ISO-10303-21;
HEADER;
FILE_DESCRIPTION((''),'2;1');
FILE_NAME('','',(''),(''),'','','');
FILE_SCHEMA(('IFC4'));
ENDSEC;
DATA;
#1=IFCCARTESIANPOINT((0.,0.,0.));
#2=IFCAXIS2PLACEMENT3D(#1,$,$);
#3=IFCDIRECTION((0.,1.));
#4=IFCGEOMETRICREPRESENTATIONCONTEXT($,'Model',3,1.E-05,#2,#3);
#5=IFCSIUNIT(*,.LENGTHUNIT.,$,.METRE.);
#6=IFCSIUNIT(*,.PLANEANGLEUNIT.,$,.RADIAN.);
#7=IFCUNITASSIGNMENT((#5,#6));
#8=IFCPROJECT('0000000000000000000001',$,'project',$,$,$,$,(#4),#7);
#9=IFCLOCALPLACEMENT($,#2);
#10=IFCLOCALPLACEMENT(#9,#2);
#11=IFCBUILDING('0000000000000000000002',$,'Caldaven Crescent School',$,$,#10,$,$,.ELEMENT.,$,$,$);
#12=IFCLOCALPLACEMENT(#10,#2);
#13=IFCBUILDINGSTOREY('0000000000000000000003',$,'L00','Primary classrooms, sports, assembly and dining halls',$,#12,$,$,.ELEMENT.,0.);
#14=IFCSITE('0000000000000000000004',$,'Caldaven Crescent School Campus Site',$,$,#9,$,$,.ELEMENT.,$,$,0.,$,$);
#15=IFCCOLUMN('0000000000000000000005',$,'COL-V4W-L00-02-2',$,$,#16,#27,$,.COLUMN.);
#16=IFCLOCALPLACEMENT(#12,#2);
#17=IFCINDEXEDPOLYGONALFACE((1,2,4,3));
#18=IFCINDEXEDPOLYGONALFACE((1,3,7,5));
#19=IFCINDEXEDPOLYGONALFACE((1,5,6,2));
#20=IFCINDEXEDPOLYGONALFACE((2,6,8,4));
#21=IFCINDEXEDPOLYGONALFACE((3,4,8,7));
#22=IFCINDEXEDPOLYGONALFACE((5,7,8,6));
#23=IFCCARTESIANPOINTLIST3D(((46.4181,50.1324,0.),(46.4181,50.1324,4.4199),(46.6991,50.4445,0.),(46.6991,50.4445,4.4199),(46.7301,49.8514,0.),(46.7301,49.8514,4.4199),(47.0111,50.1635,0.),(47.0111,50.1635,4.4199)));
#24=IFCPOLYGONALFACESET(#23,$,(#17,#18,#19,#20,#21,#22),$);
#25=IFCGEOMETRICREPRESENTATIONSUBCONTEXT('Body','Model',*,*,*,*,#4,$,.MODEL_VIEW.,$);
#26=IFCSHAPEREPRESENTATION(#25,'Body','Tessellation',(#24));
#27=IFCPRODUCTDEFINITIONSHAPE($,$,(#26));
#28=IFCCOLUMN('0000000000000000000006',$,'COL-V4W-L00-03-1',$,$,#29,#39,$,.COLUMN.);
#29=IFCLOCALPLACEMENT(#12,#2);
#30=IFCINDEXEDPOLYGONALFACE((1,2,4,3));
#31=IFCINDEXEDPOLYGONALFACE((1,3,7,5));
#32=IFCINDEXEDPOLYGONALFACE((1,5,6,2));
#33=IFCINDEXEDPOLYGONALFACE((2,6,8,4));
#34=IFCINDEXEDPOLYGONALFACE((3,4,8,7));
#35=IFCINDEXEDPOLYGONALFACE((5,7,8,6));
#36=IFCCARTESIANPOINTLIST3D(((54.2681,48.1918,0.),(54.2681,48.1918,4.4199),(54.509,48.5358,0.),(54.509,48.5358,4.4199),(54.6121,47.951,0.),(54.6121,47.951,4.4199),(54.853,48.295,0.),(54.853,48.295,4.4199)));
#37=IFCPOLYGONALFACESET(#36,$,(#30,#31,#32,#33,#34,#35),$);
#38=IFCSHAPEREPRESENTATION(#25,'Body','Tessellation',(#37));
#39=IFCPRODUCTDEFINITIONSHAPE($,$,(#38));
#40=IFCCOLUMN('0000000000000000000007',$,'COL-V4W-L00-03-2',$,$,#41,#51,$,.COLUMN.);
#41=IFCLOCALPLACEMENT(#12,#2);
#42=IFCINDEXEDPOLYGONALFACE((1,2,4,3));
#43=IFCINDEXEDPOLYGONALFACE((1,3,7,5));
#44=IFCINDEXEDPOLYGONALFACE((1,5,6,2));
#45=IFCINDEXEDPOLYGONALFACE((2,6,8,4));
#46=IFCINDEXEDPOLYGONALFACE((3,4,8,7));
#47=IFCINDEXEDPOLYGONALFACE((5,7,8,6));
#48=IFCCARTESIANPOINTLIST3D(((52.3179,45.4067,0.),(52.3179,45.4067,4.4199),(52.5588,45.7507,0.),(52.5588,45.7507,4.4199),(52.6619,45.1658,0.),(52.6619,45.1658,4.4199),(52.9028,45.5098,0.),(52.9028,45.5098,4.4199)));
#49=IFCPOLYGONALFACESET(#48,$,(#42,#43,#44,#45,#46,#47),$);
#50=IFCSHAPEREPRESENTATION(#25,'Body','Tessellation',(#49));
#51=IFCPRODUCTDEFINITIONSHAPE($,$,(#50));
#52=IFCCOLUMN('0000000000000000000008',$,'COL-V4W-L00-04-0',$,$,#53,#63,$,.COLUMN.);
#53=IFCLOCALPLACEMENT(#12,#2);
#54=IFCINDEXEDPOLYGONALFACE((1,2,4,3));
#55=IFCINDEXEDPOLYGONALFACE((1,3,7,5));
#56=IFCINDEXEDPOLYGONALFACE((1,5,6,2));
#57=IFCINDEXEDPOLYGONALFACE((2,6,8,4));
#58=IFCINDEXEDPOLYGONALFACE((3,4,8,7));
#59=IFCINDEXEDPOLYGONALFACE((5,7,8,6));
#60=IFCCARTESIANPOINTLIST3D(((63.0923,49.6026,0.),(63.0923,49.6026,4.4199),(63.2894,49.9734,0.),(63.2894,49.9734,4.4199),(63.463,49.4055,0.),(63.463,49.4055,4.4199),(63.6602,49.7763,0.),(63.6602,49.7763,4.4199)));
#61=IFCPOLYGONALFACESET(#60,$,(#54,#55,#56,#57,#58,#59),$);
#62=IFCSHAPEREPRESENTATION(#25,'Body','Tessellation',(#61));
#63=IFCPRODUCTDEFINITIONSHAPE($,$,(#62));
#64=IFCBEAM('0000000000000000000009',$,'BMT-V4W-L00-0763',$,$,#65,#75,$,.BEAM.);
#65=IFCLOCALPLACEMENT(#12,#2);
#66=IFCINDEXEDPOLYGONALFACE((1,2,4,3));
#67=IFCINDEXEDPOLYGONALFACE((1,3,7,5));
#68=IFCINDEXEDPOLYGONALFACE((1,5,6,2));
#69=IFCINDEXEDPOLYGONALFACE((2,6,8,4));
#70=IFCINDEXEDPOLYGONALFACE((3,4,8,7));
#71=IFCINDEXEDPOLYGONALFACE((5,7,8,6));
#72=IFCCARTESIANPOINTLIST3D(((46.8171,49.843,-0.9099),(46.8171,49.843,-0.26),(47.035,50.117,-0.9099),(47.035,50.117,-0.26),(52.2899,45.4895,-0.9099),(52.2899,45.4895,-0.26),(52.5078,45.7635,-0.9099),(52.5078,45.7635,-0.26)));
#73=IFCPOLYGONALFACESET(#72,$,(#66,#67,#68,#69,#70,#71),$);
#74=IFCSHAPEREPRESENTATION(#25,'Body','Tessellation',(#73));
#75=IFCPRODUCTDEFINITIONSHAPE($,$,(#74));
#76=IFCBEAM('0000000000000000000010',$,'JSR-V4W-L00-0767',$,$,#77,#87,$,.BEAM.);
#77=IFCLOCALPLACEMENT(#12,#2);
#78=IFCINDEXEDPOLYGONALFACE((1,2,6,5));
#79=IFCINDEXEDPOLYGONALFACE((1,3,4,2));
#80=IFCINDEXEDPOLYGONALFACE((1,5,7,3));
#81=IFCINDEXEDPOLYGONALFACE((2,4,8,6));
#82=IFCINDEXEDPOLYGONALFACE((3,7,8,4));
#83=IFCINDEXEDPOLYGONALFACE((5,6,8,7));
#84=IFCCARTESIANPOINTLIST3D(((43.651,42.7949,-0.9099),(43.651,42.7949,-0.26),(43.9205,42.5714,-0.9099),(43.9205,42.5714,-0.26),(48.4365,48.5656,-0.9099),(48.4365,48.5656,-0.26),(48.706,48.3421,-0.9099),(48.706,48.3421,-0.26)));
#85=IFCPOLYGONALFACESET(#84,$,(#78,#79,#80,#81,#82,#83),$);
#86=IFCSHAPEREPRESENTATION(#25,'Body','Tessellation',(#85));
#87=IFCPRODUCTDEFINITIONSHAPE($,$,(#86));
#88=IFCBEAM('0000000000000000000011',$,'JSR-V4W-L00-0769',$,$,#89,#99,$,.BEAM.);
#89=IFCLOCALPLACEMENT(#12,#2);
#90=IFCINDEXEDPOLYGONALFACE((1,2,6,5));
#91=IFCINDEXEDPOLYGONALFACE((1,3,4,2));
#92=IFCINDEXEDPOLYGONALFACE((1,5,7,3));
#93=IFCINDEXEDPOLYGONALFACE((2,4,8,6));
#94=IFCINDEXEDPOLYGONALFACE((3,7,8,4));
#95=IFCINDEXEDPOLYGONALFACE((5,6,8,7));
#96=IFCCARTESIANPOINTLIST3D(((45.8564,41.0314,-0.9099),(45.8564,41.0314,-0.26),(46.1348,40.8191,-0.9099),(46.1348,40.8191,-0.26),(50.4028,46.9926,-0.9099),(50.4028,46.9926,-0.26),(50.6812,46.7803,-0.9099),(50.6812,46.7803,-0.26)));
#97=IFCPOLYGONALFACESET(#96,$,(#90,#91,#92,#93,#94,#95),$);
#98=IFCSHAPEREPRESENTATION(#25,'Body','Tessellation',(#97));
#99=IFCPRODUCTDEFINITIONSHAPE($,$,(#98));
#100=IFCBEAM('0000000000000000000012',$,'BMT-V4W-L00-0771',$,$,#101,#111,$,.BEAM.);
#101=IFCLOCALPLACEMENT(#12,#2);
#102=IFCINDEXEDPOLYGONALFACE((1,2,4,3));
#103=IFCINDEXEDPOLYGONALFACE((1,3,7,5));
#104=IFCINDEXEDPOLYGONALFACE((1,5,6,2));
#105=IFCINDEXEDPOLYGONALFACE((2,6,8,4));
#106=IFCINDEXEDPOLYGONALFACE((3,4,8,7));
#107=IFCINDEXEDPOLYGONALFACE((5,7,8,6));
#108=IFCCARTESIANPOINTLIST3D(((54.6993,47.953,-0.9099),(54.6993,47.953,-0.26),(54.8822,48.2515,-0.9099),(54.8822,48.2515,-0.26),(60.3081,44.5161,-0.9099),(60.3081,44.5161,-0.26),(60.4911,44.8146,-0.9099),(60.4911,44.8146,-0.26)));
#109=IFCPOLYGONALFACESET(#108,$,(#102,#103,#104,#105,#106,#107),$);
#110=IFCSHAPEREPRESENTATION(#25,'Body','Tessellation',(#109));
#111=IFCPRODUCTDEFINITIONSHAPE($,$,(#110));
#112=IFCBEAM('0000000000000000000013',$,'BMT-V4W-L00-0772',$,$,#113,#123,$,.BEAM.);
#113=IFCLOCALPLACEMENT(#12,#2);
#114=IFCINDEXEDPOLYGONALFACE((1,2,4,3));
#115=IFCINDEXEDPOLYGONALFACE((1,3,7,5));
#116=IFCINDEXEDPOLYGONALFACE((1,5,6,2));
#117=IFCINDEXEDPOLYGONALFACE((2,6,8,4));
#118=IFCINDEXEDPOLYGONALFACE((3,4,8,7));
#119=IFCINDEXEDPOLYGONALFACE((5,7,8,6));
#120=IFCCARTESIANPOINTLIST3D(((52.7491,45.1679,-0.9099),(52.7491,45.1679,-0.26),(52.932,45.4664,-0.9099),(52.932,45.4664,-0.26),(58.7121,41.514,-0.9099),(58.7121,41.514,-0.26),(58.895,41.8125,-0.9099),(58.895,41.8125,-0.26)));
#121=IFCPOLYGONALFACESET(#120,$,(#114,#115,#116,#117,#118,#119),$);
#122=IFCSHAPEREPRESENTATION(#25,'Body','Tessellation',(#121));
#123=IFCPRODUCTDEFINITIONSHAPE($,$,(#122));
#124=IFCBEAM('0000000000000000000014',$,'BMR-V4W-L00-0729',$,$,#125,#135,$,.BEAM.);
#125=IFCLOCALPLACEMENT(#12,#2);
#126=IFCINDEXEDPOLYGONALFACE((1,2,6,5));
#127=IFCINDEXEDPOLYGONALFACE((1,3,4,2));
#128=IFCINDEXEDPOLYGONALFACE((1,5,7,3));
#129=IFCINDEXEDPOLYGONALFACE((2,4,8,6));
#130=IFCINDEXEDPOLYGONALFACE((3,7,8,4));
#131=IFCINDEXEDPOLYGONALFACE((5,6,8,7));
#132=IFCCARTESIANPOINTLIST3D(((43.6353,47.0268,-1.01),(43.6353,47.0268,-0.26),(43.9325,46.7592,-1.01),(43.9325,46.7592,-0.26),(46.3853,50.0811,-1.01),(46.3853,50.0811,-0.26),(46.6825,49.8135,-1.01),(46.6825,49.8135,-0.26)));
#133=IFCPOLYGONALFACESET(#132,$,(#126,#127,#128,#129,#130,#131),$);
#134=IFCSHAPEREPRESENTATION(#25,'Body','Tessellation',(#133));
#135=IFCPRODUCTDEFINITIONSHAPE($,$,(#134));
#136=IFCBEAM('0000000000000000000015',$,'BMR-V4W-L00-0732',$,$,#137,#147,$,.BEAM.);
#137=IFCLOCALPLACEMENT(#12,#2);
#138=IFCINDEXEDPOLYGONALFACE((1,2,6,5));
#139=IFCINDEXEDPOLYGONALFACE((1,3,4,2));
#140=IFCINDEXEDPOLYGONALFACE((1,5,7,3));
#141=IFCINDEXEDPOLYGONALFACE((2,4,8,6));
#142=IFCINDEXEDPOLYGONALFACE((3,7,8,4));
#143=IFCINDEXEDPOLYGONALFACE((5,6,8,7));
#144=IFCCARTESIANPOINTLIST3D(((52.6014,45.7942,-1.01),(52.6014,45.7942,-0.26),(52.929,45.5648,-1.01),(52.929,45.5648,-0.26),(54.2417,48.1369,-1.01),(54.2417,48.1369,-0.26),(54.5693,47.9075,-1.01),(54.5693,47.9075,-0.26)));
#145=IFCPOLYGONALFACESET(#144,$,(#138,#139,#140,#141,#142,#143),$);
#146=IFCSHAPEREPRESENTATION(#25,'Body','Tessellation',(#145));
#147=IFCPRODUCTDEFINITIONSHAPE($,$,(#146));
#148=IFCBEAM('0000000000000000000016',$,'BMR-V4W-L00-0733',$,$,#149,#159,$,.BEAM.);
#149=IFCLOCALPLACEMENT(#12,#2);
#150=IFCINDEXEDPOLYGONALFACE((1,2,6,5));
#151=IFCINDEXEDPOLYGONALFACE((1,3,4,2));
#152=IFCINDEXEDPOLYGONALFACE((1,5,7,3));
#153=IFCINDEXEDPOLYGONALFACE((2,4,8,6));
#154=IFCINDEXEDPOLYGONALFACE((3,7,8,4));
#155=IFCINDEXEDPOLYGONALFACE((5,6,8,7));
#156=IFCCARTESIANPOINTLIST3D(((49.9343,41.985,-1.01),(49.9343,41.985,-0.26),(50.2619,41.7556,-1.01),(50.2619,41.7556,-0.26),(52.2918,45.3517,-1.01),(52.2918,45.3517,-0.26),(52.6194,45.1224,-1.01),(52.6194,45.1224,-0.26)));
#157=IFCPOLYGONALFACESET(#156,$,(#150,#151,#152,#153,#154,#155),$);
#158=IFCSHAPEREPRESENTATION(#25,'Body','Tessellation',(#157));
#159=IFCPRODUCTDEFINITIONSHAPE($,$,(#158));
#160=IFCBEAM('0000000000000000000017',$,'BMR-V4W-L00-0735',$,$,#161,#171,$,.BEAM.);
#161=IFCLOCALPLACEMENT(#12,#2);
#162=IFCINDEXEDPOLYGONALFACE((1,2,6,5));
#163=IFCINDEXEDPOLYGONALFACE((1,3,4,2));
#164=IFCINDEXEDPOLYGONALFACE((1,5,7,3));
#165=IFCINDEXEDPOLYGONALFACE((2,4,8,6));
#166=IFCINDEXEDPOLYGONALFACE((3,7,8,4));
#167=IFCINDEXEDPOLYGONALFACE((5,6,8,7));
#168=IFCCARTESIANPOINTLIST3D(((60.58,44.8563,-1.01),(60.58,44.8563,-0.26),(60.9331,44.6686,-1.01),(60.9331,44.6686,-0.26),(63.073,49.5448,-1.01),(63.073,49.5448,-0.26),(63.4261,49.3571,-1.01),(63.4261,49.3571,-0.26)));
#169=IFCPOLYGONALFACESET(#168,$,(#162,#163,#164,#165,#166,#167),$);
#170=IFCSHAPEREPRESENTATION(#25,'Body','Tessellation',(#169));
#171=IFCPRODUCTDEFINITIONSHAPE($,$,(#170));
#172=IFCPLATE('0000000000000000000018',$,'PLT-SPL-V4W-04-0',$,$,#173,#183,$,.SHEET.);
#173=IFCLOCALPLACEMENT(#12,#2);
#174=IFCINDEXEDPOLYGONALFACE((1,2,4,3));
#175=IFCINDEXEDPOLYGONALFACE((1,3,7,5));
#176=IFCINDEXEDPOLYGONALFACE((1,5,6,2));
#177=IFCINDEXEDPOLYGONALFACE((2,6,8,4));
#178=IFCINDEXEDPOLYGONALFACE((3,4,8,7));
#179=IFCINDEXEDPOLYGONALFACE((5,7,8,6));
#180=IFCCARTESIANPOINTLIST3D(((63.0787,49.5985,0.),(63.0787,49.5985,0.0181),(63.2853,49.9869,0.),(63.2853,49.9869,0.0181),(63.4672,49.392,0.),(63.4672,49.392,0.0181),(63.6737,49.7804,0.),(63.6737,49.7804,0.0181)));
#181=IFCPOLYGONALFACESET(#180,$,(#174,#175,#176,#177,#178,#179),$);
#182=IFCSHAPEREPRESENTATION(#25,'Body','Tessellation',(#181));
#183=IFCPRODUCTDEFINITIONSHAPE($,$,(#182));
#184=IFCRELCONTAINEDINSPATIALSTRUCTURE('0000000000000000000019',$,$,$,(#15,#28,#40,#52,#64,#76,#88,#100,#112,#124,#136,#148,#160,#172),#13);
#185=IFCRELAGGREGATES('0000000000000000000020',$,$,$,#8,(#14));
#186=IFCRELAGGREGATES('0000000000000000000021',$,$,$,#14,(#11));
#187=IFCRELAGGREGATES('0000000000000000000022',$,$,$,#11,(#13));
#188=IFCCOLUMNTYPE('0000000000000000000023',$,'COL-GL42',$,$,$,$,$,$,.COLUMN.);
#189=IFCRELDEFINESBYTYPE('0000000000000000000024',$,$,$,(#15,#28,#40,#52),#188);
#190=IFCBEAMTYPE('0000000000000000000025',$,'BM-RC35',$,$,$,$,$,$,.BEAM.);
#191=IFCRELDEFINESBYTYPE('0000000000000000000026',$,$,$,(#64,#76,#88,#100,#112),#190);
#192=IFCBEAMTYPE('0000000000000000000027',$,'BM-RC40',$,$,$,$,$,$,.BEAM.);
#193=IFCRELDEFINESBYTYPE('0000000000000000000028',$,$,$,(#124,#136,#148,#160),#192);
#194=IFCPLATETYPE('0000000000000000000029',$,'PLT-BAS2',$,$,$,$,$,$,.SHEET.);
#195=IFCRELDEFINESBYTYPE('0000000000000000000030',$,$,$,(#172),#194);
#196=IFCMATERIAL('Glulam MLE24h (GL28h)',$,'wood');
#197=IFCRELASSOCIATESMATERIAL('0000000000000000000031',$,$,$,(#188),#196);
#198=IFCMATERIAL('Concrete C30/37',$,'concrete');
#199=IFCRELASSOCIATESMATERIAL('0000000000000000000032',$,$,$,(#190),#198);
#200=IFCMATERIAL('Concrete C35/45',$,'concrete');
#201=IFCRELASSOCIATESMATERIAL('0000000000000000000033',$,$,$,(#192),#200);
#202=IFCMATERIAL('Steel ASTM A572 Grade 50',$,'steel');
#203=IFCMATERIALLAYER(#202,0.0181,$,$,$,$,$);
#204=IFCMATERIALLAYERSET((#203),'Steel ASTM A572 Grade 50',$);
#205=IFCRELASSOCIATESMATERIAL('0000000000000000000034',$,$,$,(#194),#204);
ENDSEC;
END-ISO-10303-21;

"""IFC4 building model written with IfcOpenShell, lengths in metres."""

from ifc_helpers import new_model, si_unit, direction, frame, origin, origin_2d, place, context, subcontext, project, spatial, rectangle, extrude, material, layer, layer_set, material_profile, profile_set, type_object, element, save


model = new_model("IFC4")

# Units and contexts
model_context = context("Model", 3, precision=1e-05, world=origin(), true_north=direction((0.0, 1.0)))
body_context = subcontext(model_context, "Body", "Model", "MODEL_VIEW")
ifc_project = project(units=[si_unit("LENGTHUNIT", "METRE"), si_unit("PLANEANGLEUNIT", "RADIAN")], contexts=[model_context])

# Site, building, storey
site_placement = place(None, origin())
site = spatial("IfcSite", under=ifc_project, at=site_placement, Name="Caldaven Crescent School Campus Site", CompositionType="ELEMENT", RefElevation=0.0)
building_placement = place(site_placement, origin())
building = spatial("IfcBuilding", under=site, at=building_placement, Name="Caldaven Crescent School", CompositionType="ELEMENT")
storey_placement = place(building_placement, origin())
storey = spatial("IfcBuildingStorey", under=building, at=storey_placement, Name="L00", Description="Primary classrooms, sports, assembly and dining halls", CompositionType="ELEMENT", Elevation=0.0)

# Columns
ifc_material_1 = material(Name="Glulam MLE24h (GL28h)", Category="wood")
ifc_material_profile_1 = material_profile(ifc_material_1, rectangle(XDim=0.4199, YDim=0.4199, at=origin_2d()), Name="MLE 420x420")
ifc_profile_set_1 = profile_set([ifc_material_profile_1], Name="Glulam MLE24h (GL28h)")
column_type = type_object("IfcColumnType", Name="COL-GL42", PredefinedType="COLUMN", material=ifc_profile_set_1)
for number, where, z_axis, x_axis, name in (
    (1, (46.7146, 50.1479, 0.0), (0.0, 0.0, 1.0), (-0.669131, -0.743145, 0.0), "COL-V4W-L00-02-2"),
    (2, (54.5605, 48.2434, 0.0), (0.0, 0.0, 1.0), (-0.573576, -0.819152, 0.0), "COL-V4W-L00-03-1"),
    (3, (52.6104, 45.4583, 0.0), (0.0, 0.0, 1.0), (-0.573576, -0.819152, 0.0), "COL-V4W-L00-03-2"),
    (4, (63.3762, 49.6895, 0.0), (0.0, 0.0, 1.0), (-0.469472, -0.882948, 0.0), "COL-V4W-L00-04-0"),
):
    element("IfcColumn", number, at=place(storey_placement, frame(where, z_axis=z_axis, x_axis=x_axis)), inside=storey, type_object=column_type, Name=name, PredefinedType="COLUMN", context=body_context, shape_type="SweptSolid", body=[
        extrude(rectangle(XDim=0.4199, YDim=0.4199, at=origin_2d()), origin(), (0.0, 0.0, 1.0), 4.4199),
    ])

# Beams
ifc_material_2 = material(Name="Concrete C30/37", Category="concrete")
ifc_material_profile_2 = material_profile(ifc_material_2, rectangle(XDim=0.3501, YDim=0.6499, at=origin_2d()), Name="RC 350x650")
ifc_profile_set_2 = profile_set([ifc_material_profile_2], Name="Concrete C30/37")
beam_type_1 = type_object("IfcBeamType", Name="BM-RC35", PredefinedType="BEAM", material=ifc_profile_set_2)
beam_1_placement = place(storey_placement, frame((46.926, 49.98, -0.585), z_axis=(0.782596, -0.62253, 0.0), x_axis=(0.62253, 0.782596, 0.0)))
element("IfcBeam", 5, at=beam_1_placement, inside=storey, type_object=beam_type_1, Name="BMT-V4W-L00-0763", PredefinedType="BEAM", context=body_context, shape_type="SweptSolid", body=[
    extrude(rectangle(XDim=0.3501, YDim=0.6499, at=origin_2d()), origin(), (0.0, 0.0, 1.0), 6.9932),
])
beam_2_placement = place(storey_placement, frame((48.5713, 48.4539, -0.585), z_axis=(-0.638347, -0.769749, 0.0), x_axis=(0.769749, -0.638347, 0.0)))
element("IfcBeam", 6, at=beam_2_placement, inside=storey, type_object=beam_type_1, Name="JSR-V4W-L00-0767", PredefinedType="BEAM", context=body_context, shape_type="SweptSolid", body=[
    extrude(rectangle(XDim=0.3501, YDim=0.6499, at=origin_2d()), origin(), (0.0, 0.0, 1.0), 7.4968),
])
beam_3_placement = place(storey_placement, frame((50.542, 46.8865, -0.585), z_axis=(-0.606426, -0.79514, 0.0), x_axis=(0.79514, -0.606426, 0.0)))
element("IfcBeam", 7, at=beam_3_placement, inside=storey, type_object=beam_type_1, Name="JSR-V4W-L00-0769", PredefinedType="BEAM", context=body_context, shape_type="SweptSolid", body=[
    extrude(rectangle(XDim=0.3501, YDim=0.6499, at=origin_2d()), origin(), (0.0, 0.0, 1.0), 7.4971),
])
beam_4_placement = place(storey_placement, frame((54.7908, 48.1023, -0.585), z_axis=(0.852648, -0.522485, 0.0), x_axis=(0.522485, 0.852648, 0.0)))
element("IfcBeam", 8, at=beam_4_placement, inside=storey, type_object=beam_type_1, Name="BMT-V4W-L00-0771", PredefinedType="BEAM", context=body_context, shape_type="SweptSolid", body=[
    extrude(rectangle(XDim=0.3501, YDim=0.6499, at=origin_2d()), origin(), (0.0, 0.0, 1.0), 6.5781),
])
beam_5_placement = place(storey_placement, frame((52.8406, 45.3171, -0.585), z_axis=(0.852656, -0.522472, 0.0), x_axis=(0.522472, 0.852656, 0.0)))
element("IfcBeam", 9, at=beam_5_placement, inside=storey, type_object=beam_type_1, Name="BMT-V4W-L00-0772", PredefinedType="BEAM", context=body_context, shape_type="SweptSolid", body=[
    extrude(rectangle(XDim=0.3501, YDim=0.6499, at=origin_2d()), origin(), (0.0, 0.0, 1.0), 6.9934),
])
ifc_material_3 = material(Name="Concrete C35/45", Category="concrete")
ifc_material_profile_3 = material_profile(ifc_material_3, rectangle(XDim=0.3999, YDim=0.75, at=origin_2d()), Name="RC 400x750")
ifc_profile_set_3 = profile_set([ifc_material_profile_3], Name="Concrete C35/45")
beam_type_2 = type_object("IfcBeamType", Name="BM-RC40", PredefinedType="BEAM", material=ifc_profile_set_3)
beam_6_placement = place(storey_placement, frame((46.5339, 49.9473, -0.635), z_axis=(-0.669129, -0.743146, 0.0), x_axis=(0.743146, -0.669129, 0.0)))
element("IfcBeam", 10, at=beam_6_placement, inside=storey, type_object=beam_type_2, Name="BMR-V4W-L00-0729", PredefinedType="BEAM", context=body_context, shape_type="SweptSolid", body=[
    extrude(rectangle(XDim=0.3999, YDim=0.75, at=origin_2d()), origin(), (0.0, 0.0, 1.0), 4.1099),
])
beam_7_placement = place(storey_placement, frame((54.4055, 48.0222, -0.635), z_axis=(-0.573565, -0.81916, 0.0), x_axis=(0.81916, -0.573565, 0.0)))
element("IfcBeam", 11, at=beam_7_placement, inside=storey, type_object=beam_type_2, Name="BMR-V4W-L00-0732", PredefinedType="BEAM", context=body_context, shape_type="SweptSolid", body=[
    extrude(rectangle(XDim=0.3999, YDim=0.75, at=origin_2d()), origin(), (0.0, 0.0, 1.0), 2.8599),
])
beam_8_placement = place(storey_placement, frame((52.4556, 45.2371, -0.635), z_axis=(-0.573582, -0.819148, 0.0), x_axis=(0.819148, -0.573582, 0.0)))
element("IfcBeam", 12, at=beam_8_placement, inside=storey, type_object=beam_type_2, Name="BMR-V4W-L00-0733", PredefinedType="BEAM", context=body_context, shape_type="SweptSolid", body=[
    extrude(rectangle(XDim=0.3999, YDim=0.75, at=origin_2d()), origin(), (0.0, 0.0, 1.0), 4.1101),
])
beam_9_placement = place(storey_placement, frame((63.2495, 49.4509, -0.635), z_axis=(-0.469473, -0.882947, 0.0), x_axis=(0.882947, -0.469473, 0.0)))
element("IfcBeam", 13, at=beam_9_placement, inside=storey, type_object=beam_type_2, Name="BMR-V4W-L00-0735", PredefinedType="BEAM", context=body_context, shape_type="SweptSolid", body=[
    extrude(rectangle(XDim=0.3999, YDim=0.75, at=origin_2d()), origin(), (0.0, 0.0, 1.0), 5.3101),
])

# Plate
ifc_material_4 = material(Name="Steel ASTM A572 Grade 50", Category="steel")
ifc_layer_1 = layer(ifc_material_4, 0.0181)
ifc_layer_set_1 = layer_set([ifc_layer_1], Name="Steel ASTM A572 Grade 50")
plate_type = type_object("IfcPlateType", Name="PLT-BAS2", PredefinedType="SHEET", material=ifc_layer_set_1)
plate_placement = place(storey_placement, frame((63.3762, 49.6895, 0.0), z_axis=(0.0, 0.0, 1.0), x_axis=(-0.469472, -0.882948, 0.0)))
element("IfcPlate", 14, at=plate_placement, inside=storey, type_object=plate_type, Name="PLT-SPL-V4W-04-0", PredefinedType="SHEET", context=body_context, shape_type="SweptSolid", body=[
    extrude(rectangle(XDim=0.4399, YDim=0.4399, at=origin_2d()), origin(), (0.0, 0.0, 1.0), 0.0181),
])

save(model, "model.ifc")
